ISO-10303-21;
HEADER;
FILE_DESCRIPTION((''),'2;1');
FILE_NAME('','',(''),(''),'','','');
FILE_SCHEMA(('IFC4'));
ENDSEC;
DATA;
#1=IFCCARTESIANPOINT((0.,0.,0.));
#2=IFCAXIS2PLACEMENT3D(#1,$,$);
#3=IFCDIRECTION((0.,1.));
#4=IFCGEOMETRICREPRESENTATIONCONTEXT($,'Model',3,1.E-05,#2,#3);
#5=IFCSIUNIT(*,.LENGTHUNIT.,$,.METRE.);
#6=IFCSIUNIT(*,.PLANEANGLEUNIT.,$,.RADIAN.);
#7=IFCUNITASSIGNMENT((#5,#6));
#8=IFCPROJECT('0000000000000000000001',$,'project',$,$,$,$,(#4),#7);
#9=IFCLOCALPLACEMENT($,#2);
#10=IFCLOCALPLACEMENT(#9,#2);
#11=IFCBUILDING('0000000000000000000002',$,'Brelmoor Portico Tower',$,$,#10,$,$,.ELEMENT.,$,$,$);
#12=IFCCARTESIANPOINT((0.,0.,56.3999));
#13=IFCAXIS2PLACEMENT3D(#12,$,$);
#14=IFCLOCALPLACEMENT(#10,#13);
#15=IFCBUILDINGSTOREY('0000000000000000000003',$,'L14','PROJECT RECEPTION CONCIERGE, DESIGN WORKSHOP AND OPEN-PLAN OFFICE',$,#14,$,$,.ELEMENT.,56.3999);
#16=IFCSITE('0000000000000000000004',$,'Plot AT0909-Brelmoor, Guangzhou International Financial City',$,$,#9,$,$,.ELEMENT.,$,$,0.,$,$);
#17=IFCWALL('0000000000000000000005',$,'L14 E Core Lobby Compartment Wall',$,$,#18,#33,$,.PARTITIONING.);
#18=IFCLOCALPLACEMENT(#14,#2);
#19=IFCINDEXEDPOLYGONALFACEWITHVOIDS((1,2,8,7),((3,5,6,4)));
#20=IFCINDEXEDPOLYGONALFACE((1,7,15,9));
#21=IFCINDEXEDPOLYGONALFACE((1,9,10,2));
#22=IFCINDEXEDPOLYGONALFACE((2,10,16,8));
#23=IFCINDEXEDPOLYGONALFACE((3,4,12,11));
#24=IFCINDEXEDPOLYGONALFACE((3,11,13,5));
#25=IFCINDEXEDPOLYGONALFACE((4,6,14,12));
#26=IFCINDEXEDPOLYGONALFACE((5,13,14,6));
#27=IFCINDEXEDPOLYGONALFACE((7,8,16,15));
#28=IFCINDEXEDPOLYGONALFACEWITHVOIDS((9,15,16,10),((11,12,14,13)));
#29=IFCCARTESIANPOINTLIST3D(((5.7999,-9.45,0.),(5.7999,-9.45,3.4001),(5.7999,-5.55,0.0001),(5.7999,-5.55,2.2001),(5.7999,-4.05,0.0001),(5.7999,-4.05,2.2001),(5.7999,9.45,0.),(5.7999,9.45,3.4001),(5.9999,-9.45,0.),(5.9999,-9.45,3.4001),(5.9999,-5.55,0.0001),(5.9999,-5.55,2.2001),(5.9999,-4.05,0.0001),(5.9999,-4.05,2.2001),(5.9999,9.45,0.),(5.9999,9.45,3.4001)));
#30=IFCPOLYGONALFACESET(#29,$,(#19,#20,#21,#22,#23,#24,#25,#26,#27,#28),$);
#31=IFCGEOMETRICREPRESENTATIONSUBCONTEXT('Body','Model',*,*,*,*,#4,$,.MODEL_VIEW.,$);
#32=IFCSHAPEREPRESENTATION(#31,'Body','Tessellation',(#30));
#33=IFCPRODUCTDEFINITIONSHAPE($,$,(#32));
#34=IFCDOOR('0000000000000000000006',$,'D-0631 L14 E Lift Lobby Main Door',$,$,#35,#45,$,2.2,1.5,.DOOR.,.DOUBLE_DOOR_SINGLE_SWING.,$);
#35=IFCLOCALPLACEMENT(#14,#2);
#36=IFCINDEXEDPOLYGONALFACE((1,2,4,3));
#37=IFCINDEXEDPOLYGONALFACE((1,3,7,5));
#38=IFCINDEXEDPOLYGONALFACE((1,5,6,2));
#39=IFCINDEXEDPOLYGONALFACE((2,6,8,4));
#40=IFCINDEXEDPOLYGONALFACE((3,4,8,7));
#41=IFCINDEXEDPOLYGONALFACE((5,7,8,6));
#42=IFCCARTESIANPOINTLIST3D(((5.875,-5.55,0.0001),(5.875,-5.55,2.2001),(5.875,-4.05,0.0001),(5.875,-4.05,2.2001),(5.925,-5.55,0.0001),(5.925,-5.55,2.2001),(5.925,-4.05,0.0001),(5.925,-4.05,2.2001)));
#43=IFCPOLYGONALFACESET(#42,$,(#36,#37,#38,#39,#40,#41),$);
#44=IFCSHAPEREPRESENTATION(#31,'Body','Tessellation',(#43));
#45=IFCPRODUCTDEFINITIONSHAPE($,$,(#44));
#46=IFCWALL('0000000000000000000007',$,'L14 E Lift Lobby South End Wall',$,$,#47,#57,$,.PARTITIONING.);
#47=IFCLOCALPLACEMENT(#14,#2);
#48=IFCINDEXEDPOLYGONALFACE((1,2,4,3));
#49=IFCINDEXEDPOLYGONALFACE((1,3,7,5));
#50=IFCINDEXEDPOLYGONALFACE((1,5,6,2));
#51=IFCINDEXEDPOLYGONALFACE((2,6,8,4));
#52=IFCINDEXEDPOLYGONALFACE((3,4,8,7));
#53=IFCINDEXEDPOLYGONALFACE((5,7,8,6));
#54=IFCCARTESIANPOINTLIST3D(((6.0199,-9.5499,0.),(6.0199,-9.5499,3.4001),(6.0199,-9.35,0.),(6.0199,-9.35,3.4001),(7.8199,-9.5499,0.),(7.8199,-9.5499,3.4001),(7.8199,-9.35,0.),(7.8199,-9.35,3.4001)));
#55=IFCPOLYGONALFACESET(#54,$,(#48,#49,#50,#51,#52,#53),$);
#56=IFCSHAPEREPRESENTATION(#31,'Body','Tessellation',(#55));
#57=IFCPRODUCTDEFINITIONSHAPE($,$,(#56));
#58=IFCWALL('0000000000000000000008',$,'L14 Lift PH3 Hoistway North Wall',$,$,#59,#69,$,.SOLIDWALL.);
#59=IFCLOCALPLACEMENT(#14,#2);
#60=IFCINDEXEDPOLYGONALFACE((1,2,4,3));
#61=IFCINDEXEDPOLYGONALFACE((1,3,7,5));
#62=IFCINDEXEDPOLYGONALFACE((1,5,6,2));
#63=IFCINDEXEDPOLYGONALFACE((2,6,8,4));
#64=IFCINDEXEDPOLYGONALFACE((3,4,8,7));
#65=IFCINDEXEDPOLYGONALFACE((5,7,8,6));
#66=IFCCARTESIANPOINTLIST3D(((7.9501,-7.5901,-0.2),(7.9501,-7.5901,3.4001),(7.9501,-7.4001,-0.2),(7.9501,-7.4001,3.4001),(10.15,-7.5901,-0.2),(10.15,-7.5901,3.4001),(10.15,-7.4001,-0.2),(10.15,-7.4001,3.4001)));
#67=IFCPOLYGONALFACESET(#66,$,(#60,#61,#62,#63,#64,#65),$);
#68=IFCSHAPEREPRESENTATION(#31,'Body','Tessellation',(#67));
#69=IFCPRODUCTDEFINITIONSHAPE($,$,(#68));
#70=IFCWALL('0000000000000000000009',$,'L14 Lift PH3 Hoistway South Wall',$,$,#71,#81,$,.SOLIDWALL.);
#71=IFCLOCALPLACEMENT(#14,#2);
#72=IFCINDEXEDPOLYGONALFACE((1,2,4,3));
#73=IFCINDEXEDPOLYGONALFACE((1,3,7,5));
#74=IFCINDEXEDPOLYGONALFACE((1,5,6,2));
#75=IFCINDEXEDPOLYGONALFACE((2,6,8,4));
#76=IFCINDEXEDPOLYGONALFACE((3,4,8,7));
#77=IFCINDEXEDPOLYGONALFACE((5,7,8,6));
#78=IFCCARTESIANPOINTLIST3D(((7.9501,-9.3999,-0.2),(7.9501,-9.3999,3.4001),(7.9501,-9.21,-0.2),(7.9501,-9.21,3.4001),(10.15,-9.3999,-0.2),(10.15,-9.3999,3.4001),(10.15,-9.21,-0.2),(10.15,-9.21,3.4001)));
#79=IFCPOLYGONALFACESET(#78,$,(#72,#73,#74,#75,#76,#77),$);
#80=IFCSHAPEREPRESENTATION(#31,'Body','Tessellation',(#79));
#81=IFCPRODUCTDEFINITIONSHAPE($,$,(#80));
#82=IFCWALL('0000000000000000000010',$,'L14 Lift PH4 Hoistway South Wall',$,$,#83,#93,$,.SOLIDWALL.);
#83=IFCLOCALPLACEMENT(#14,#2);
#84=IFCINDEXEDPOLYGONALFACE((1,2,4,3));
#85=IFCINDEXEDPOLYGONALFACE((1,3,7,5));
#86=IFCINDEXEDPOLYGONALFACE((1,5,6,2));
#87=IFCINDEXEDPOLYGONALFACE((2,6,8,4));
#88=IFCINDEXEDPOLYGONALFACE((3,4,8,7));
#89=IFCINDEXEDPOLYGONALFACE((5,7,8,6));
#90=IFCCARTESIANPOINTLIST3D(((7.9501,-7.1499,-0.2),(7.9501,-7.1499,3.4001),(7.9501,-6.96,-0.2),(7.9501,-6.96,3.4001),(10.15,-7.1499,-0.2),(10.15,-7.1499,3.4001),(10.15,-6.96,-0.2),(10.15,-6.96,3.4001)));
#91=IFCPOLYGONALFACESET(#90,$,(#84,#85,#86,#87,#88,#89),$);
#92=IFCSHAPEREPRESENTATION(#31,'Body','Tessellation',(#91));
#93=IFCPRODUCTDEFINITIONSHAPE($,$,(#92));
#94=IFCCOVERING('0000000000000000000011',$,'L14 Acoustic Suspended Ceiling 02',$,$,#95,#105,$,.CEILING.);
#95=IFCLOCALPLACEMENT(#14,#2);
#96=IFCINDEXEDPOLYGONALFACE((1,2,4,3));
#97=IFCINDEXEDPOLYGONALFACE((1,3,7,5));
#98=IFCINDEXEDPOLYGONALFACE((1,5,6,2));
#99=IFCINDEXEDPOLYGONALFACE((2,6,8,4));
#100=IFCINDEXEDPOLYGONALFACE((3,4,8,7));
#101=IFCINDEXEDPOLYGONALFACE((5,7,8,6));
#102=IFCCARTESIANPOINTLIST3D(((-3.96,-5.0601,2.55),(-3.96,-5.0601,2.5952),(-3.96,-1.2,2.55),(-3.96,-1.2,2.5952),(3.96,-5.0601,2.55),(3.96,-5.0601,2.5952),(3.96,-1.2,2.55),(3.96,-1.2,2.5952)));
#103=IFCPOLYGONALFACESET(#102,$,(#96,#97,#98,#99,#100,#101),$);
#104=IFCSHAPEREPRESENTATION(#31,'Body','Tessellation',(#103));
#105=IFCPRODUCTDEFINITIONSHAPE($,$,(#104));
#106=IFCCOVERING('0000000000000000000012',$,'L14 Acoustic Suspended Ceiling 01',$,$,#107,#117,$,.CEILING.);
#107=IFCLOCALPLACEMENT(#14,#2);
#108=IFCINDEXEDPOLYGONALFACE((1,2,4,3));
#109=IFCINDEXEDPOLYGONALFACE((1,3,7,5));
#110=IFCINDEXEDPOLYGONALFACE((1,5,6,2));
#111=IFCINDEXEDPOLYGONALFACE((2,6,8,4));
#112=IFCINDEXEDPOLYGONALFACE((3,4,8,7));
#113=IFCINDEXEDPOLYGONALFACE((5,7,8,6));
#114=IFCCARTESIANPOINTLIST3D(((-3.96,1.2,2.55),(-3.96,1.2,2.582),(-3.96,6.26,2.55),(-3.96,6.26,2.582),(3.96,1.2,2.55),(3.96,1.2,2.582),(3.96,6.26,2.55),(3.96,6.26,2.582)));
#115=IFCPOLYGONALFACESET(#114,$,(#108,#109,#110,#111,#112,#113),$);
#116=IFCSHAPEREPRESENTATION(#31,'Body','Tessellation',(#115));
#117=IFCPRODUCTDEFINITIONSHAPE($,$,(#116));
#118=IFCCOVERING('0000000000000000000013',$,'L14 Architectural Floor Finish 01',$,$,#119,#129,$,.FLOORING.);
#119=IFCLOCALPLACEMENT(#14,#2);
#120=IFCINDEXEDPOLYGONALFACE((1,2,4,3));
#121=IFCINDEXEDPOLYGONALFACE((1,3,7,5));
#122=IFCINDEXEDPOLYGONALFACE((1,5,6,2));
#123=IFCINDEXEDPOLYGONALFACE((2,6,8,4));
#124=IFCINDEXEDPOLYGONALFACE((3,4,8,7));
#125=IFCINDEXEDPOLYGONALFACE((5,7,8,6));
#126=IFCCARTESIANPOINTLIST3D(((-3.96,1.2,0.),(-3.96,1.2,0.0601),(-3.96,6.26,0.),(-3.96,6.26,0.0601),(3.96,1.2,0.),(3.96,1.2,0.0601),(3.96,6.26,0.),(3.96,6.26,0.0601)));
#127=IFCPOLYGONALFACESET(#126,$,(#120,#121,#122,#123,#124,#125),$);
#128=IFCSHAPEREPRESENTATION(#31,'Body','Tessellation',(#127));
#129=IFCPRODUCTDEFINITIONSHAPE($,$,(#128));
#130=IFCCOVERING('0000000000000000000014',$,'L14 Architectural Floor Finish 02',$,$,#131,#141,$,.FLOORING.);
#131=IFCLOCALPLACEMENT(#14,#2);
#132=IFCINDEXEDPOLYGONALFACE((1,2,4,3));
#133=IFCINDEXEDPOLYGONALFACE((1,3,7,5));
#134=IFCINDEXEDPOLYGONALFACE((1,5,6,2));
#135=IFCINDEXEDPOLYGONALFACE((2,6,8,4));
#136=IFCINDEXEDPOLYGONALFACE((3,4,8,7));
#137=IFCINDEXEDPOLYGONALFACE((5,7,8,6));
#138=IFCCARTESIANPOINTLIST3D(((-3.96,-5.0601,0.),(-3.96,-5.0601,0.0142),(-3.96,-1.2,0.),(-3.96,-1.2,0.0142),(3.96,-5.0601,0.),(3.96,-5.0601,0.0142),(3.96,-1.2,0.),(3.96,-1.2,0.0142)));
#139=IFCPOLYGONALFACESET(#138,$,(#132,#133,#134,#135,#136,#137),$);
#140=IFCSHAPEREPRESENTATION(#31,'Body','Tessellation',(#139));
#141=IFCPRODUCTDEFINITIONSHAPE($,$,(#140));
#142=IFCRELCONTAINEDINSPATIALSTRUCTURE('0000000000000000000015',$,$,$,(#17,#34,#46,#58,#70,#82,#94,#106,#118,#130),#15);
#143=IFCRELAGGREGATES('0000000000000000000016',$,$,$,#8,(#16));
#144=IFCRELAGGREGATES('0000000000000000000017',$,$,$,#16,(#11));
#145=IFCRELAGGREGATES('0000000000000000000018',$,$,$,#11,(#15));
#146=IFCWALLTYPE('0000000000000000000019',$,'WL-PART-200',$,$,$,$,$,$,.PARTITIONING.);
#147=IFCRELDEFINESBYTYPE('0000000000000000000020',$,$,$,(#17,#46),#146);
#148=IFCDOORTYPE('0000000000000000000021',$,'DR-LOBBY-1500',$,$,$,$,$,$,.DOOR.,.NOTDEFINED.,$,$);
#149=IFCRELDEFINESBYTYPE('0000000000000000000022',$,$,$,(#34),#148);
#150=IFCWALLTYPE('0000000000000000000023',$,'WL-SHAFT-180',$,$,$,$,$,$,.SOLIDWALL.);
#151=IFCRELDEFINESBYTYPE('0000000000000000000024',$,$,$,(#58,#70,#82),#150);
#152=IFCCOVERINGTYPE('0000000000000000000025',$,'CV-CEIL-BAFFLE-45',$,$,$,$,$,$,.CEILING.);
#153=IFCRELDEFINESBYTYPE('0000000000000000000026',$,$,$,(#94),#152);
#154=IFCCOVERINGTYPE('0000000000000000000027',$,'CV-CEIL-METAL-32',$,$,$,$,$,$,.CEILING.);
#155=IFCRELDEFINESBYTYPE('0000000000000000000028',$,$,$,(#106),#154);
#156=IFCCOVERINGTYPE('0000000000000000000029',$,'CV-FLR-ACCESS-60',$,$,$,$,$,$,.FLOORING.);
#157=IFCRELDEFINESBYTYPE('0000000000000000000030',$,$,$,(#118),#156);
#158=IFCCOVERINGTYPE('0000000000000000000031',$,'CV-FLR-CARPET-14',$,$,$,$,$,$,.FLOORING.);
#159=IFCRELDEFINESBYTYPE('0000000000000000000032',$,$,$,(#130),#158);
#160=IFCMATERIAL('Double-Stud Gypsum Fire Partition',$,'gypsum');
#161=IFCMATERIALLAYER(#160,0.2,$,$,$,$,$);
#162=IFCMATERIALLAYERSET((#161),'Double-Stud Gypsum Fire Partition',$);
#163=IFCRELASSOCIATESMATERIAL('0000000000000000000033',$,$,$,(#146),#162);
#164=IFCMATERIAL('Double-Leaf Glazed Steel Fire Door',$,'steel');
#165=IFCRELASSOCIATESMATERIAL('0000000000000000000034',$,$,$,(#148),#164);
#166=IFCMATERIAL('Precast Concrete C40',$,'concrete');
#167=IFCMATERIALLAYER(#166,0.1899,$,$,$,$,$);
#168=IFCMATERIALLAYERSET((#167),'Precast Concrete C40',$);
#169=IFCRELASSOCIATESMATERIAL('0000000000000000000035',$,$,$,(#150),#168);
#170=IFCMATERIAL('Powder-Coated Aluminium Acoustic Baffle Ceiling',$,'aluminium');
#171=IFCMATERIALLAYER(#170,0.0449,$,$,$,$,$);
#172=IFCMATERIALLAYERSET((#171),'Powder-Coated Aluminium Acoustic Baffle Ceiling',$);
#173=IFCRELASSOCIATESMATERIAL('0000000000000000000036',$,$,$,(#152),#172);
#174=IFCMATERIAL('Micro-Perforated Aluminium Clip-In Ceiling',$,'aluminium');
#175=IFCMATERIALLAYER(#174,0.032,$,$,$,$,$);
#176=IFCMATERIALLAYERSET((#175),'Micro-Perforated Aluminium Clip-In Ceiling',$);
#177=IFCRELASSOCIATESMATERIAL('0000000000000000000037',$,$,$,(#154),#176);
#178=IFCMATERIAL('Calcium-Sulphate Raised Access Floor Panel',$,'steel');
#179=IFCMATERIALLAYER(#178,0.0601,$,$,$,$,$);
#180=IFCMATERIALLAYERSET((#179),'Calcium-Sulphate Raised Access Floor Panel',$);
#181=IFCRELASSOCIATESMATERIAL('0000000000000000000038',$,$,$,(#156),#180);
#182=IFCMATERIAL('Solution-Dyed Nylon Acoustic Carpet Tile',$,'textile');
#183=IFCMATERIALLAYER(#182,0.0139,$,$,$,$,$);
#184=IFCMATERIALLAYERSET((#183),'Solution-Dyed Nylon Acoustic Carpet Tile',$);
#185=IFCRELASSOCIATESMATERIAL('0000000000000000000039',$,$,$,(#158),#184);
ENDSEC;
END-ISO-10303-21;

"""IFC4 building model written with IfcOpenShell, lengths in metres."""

from ifc_helpers import new_model, si_unit, direction, frame, frame_2d, origin, place, context, subcontext, project, spatial, polyline, rectangle, outline, extrude, material, layer, layer_set, type_object, element, fill, save


model = new_model("IFC4")

# Units and contexts
model_context = context("Model", 3, precision=1e-05, world=origin(), true_north=direction((0.0, 1.0)))
body_context = subcontext(model_context, "Body", "Model", "MODEL_VIEW")
ifc_project = project(units=[si_unit("LENGTHUNIT", "METRE"), si_unit("PLANEANGLEUNIT", "RADIAN")], contexts=[model_context])

# Site, building, storey
site_placement = place(None, origin())
site = spatial("IfcSite", under=ifc_project, at=site_placement, Name="Plot AT0909-Brelmoor, Guangzhou International Financial City", CompositionType="ELEMENT", RefElevation=0.0)
building_placement = place(site_placement, origin())
building = spatial("IfcBuilding", under=site, at=building_placement, Name="Brelmoor Portico Tower", CompositionType="ELEMENT")
storey_placement = place(building_placement, frame((0.0, 0.0, 56.3999)))
storey = spatial("IfcBuildingStorey", under=building, at=storey_placement, Name="L14", Description="PROJECT RECEPTION CONCIERGE, DESIGN WORKSHOP AND OPEN-PLAN OFFICE", CompositionType="ELEMENT", Elevation=56.3999)

# Wall, opening, door
ifc_material_1 = material(Name="Double-Stud Gypsum Fire Partition", Category="gypsum")
ifc_layer_1 = layer(ifc_material_1, 0.2)
ifc_layer_set_1 = layer_set([ifc_layer_1], Name="Double-Stud Gypsum Fire Partition")
wall_type_1 = type_object("IfcWallType", Name="WL-PART-200", PredefinedType="PARTITIONING", material=ifc_layer_set_1)
wall_1_placement = place(storey_placement, frame((5.8999, -9.45, 0.0), z_axis=(0.0, 0.0, 1.0), x_axis=(0.0, 1.0, 0.0)))
wall_1 = element("IfcWall", 1, at=wall_1_placement, inside=storey, type_object=wall_type_1, Name="L14 E Core Lobby Compartment Wall", PredefinedType="PARTITIONING", context=body_context, shape_type="SweptSolid", body=[
    extrude(rectangle(XDim=18.8999, YDim=0.2, at=frame_2d((9.45, 0.0))), origin(), (0.0, 0.0, 1.0), 3.4001),
])
opening_placement = place(wall_1_placement, frame((3.8999, 0.0, 0.0)))
opening = element("IfcOpeningElement", 2, at=opening_placement, cuts=wall_1, PredefinedType="OPENING", context=body_context, shape_type="SweptSolid", body=[
    extrude(rectangle(XDim=1.5, YDim=2.2, at=frame_2d((0.75, 1.1001))), frame((0.0, 0.1099, 0.0), z_axis=(0.0, -1.0, 0.0), x_axis=(1.0, 0.0, 0.0)), (0.0, 0.0, 1.0), 0.22),
])
ifc_material_2 = material(Name="Double-Leaf Glazed Steel Fire Door", Category="steel")
door_type = type_object("IfcDoorType", Name="DR-LOBBY-1500", OperationType="NOTDEFINED", PredefinedType="DOOR", material=ifc_material_2)
door_placement = place(opening_placement, origin())
door = element("IfcDoor", 3, at=door_placement, inside=storey, type_object=door_type, Name="D-0631 L14 E Lift Lobby Main Door", OperationType="DOUBLE_DOOR_SINGLE_SWING", OverallHeight=2.2, OverallWidth=1.5, PredefinedType="DOOR", context=body_context, shape_type="SweptSolid", body=[
    extrude(rectangle(XDim=1.5, YDim=2.2, at=frame_2d((0.75, 1.1001))), frame((0.0, 0.0249, 0.0), z_axis=(0.0, -1.0, 0.0), x_axis=(1.0, 0.0, 0.0)), (0.0, 0.0, 1.0), 0.05),
])
fill(opening, door)

# Walls
wall_2_placement = place(storey_placement, frame((6.02, -9.45, 0.0), z_axis=(0.0, 0.0, 1.0), x_axis=(1.0, 0.0, 0.0)))
element("IfcWall", 4, at=wall_2_placement, inside=storey, type_object=wall_type_1, Name="L14 E Lift Lobby South End Wall", PredefinedType="PARTITIONING", context=body_context, shape_type="SweptSolid", body=[
    extrude(rectangle(XDim=1.8, YDim=0.2, at=frame_2d((0.8999, 0.0))), origin(), (0.0, 0.0, 1.0), 3.4001),
])
ifc_material_3 = material(Name="Precast Concrete C40", Category="concrete")
ifc_layer_2 = layer(ifc_material_3, 0.1899)
ifc_layer_set_2 = layer_set([ifc_layer_2], Name="Precast Concrete C40")
wall_type_2 = type_object("IfcWallType", Name="WL-SHAFT-180", PredefinedType="SOLIDWALL", material=ifc_layer_set_2)
for number, where, z_axis, x_axis, name in (
    (5, (7.95, -7.4951, -0.2), (0.0, 0.0, 1.0), (1.0, 0.0, 0.0), "L14 Lift PH3 Hoistway North Wall"),
    (6, (7.95, -9.3049, -0.2), (0.0, 0.0, 1.0), (1.0, 0.0, 0.0), "L14 Lift PH3 Hoistway South Wall"),
    (7, (7.95, -7.0549, -0.2), (0.0, 0.0, 1.0), (1.0, 0.0, 0.0), "L14 Lift PH4 Hoistway South Wall"),
):
    element("IfcWall", number, at=place(storey_placement, frame(where, z_axis=z_axis, x_axis=x_axis)), inside=storey, type_object=wall_type_2, Name=name, PredefinedType="SOLIDWALL", context=body_context, shape_type="SweptSolid", body=[
        extrude(rectangle(XDim=2.2, YDim=0.1899, at=frame_2d((1.1001, 0.0))), origin(), (0.0, 0.0, 1.0), 3.6001),
    ])

# Coverings
ifc_material_4 = material(Name="Powder-Coated Aluminium Acoustic Baffle Ceiling", Category="aluminium")
ifc_layer_3 = layer(ifc_material_4, 0.0449)
ifc_layer_set_3 = layer_set([ifc_layer_3], Name="Powder-Coated Aluminium Acoustic Baffle Ceiling")
covering_type_1 = type_object("IfcCoveringType", Name="CV-CEIL-BAFFLE-45", PredefinedType="CEILING", material=ifc_layer_set_3)
covering_1_placement = place(storey_placement, frame((0.0, 0.0, 2.55)))
element("IfcCovering", 8, at=covering_1_placement, inside=storey, type_object=covering_type_1, Name="L14 Acoustic Suspended Ceiling 02", PredefinedType="CEILING", context=body_context, shape_type="SweptSolid", body=[
    extrude(outline(polyline([(-3.96, -5.0601), (-3.96, -1.2), (3.96, -1.2), (3.96, -5.0601), (-3.96, -5.0601)])), origin(), (0.0, 0.0, 1.0), 0.0452),
])
ifc_material_5 = material(Name="Micro-Perforated Aluminium Clip-In Ceiling", Category="aluminium")
ifc_layer_4 = layer(ifc_material_5, 0.032)
ifc_layer_set_4 = layer_set([ifc_layer_4], Name="Micro-Perforated Aluminium Clip-In Ceiling")
covering_type_2 = type_object("IfcCoveringType", Name="CV-CEIL-METAL-32", PredefinedType="CEILING", material=ifc_layer_set_4)
covering_2_placement = place(storey_placement, frame((0.0, 0.0, 2.55)))
element("IfcCovering", 9, at=covering_2_placement, inside=storey, type_object=covering_type_2, Name="L14 Acoustic Suspended Ceiling 01", PredefinedType="CEILING", context=body_context, shape_type="SweptSolid", body=[
    extrude(outline(polyline([(-3.96, 1.2), (-3.96, 6.26), (3.96, 6.26), (3.96, 1.2), (-3.96, 1.2)])), origin(), (0.0, 0.0, 1.0), 0.032),
])
ifc_material_6 = material(Name="Calcium-Sulphate Raised Access Floor Panel", Category="steel")
ifc_layer_5 = layer(ifc_material_6, 0.0601)
ifc_layer_set_5 = layer_set([ifc_layer_5], Name="Calcium-Sulphate Raised Access Floor Panel")
covering_type_3 = type_object("IfcCoveringType", Name="CV-FLR-ACCESS-60", PredefinedType="FLOORING", material=ifc_layer_set_5)
covering_3_placement = place(storey_placement, origin())
element("IfcCovering", 10, at=covering_3_placement, inside=storey, type_object=covering_type_3, Name="L14 Architectural Floor Finish 01", PredefinedType="FLOORING", context=body_context, shape_type="SweptSolid", body=[
    extrude(outline(polyline([(-3.96, 1.2), (-3.96, 6.26), (3.96, 6.26), (3.96, 1.2), (-3.96, 1.2)])), origin(), (0.0, 0.0, 1.0), 0.0601),
])
ifc_material_7 = material(Name="Solution-Dyed Nylon Acoustic Carpet Tile", Category="textile")
ifc_layer_6 = layer(ifc_material_7, 0.0139)
ifc_layer_set_6 = layer_set([ifc_layer_6], Name="Solution-Dyed Nylon Acoustic Carpet Tile")
covering_type_4 = type_object("IfcCoveringType", Name="CV-FLR-CARPET-14", PredefinedType="FLOORING", material=ifc_layer_set_6)
covering_4_placement = place(storey_placement, origin())
element("IfcCovering", 11, at=covering_4_placement, inside=storey, type_object=covering_type_4, Name="L14 Architectural Floor Finish 02", PredefinedType="FLOORING", context=body_context, shape_type="SweptSolid", body=[
    extrude(outline(polyline([(-3.96, -5.0601), (-3.96, -1.2), (3.96, -1.2), (3.96, -5.0601), (-3.96, -5.0601)])), origin(), (0.0, 0.0, 1.0), 0.0142),
])

save(model, "model.ifc")
